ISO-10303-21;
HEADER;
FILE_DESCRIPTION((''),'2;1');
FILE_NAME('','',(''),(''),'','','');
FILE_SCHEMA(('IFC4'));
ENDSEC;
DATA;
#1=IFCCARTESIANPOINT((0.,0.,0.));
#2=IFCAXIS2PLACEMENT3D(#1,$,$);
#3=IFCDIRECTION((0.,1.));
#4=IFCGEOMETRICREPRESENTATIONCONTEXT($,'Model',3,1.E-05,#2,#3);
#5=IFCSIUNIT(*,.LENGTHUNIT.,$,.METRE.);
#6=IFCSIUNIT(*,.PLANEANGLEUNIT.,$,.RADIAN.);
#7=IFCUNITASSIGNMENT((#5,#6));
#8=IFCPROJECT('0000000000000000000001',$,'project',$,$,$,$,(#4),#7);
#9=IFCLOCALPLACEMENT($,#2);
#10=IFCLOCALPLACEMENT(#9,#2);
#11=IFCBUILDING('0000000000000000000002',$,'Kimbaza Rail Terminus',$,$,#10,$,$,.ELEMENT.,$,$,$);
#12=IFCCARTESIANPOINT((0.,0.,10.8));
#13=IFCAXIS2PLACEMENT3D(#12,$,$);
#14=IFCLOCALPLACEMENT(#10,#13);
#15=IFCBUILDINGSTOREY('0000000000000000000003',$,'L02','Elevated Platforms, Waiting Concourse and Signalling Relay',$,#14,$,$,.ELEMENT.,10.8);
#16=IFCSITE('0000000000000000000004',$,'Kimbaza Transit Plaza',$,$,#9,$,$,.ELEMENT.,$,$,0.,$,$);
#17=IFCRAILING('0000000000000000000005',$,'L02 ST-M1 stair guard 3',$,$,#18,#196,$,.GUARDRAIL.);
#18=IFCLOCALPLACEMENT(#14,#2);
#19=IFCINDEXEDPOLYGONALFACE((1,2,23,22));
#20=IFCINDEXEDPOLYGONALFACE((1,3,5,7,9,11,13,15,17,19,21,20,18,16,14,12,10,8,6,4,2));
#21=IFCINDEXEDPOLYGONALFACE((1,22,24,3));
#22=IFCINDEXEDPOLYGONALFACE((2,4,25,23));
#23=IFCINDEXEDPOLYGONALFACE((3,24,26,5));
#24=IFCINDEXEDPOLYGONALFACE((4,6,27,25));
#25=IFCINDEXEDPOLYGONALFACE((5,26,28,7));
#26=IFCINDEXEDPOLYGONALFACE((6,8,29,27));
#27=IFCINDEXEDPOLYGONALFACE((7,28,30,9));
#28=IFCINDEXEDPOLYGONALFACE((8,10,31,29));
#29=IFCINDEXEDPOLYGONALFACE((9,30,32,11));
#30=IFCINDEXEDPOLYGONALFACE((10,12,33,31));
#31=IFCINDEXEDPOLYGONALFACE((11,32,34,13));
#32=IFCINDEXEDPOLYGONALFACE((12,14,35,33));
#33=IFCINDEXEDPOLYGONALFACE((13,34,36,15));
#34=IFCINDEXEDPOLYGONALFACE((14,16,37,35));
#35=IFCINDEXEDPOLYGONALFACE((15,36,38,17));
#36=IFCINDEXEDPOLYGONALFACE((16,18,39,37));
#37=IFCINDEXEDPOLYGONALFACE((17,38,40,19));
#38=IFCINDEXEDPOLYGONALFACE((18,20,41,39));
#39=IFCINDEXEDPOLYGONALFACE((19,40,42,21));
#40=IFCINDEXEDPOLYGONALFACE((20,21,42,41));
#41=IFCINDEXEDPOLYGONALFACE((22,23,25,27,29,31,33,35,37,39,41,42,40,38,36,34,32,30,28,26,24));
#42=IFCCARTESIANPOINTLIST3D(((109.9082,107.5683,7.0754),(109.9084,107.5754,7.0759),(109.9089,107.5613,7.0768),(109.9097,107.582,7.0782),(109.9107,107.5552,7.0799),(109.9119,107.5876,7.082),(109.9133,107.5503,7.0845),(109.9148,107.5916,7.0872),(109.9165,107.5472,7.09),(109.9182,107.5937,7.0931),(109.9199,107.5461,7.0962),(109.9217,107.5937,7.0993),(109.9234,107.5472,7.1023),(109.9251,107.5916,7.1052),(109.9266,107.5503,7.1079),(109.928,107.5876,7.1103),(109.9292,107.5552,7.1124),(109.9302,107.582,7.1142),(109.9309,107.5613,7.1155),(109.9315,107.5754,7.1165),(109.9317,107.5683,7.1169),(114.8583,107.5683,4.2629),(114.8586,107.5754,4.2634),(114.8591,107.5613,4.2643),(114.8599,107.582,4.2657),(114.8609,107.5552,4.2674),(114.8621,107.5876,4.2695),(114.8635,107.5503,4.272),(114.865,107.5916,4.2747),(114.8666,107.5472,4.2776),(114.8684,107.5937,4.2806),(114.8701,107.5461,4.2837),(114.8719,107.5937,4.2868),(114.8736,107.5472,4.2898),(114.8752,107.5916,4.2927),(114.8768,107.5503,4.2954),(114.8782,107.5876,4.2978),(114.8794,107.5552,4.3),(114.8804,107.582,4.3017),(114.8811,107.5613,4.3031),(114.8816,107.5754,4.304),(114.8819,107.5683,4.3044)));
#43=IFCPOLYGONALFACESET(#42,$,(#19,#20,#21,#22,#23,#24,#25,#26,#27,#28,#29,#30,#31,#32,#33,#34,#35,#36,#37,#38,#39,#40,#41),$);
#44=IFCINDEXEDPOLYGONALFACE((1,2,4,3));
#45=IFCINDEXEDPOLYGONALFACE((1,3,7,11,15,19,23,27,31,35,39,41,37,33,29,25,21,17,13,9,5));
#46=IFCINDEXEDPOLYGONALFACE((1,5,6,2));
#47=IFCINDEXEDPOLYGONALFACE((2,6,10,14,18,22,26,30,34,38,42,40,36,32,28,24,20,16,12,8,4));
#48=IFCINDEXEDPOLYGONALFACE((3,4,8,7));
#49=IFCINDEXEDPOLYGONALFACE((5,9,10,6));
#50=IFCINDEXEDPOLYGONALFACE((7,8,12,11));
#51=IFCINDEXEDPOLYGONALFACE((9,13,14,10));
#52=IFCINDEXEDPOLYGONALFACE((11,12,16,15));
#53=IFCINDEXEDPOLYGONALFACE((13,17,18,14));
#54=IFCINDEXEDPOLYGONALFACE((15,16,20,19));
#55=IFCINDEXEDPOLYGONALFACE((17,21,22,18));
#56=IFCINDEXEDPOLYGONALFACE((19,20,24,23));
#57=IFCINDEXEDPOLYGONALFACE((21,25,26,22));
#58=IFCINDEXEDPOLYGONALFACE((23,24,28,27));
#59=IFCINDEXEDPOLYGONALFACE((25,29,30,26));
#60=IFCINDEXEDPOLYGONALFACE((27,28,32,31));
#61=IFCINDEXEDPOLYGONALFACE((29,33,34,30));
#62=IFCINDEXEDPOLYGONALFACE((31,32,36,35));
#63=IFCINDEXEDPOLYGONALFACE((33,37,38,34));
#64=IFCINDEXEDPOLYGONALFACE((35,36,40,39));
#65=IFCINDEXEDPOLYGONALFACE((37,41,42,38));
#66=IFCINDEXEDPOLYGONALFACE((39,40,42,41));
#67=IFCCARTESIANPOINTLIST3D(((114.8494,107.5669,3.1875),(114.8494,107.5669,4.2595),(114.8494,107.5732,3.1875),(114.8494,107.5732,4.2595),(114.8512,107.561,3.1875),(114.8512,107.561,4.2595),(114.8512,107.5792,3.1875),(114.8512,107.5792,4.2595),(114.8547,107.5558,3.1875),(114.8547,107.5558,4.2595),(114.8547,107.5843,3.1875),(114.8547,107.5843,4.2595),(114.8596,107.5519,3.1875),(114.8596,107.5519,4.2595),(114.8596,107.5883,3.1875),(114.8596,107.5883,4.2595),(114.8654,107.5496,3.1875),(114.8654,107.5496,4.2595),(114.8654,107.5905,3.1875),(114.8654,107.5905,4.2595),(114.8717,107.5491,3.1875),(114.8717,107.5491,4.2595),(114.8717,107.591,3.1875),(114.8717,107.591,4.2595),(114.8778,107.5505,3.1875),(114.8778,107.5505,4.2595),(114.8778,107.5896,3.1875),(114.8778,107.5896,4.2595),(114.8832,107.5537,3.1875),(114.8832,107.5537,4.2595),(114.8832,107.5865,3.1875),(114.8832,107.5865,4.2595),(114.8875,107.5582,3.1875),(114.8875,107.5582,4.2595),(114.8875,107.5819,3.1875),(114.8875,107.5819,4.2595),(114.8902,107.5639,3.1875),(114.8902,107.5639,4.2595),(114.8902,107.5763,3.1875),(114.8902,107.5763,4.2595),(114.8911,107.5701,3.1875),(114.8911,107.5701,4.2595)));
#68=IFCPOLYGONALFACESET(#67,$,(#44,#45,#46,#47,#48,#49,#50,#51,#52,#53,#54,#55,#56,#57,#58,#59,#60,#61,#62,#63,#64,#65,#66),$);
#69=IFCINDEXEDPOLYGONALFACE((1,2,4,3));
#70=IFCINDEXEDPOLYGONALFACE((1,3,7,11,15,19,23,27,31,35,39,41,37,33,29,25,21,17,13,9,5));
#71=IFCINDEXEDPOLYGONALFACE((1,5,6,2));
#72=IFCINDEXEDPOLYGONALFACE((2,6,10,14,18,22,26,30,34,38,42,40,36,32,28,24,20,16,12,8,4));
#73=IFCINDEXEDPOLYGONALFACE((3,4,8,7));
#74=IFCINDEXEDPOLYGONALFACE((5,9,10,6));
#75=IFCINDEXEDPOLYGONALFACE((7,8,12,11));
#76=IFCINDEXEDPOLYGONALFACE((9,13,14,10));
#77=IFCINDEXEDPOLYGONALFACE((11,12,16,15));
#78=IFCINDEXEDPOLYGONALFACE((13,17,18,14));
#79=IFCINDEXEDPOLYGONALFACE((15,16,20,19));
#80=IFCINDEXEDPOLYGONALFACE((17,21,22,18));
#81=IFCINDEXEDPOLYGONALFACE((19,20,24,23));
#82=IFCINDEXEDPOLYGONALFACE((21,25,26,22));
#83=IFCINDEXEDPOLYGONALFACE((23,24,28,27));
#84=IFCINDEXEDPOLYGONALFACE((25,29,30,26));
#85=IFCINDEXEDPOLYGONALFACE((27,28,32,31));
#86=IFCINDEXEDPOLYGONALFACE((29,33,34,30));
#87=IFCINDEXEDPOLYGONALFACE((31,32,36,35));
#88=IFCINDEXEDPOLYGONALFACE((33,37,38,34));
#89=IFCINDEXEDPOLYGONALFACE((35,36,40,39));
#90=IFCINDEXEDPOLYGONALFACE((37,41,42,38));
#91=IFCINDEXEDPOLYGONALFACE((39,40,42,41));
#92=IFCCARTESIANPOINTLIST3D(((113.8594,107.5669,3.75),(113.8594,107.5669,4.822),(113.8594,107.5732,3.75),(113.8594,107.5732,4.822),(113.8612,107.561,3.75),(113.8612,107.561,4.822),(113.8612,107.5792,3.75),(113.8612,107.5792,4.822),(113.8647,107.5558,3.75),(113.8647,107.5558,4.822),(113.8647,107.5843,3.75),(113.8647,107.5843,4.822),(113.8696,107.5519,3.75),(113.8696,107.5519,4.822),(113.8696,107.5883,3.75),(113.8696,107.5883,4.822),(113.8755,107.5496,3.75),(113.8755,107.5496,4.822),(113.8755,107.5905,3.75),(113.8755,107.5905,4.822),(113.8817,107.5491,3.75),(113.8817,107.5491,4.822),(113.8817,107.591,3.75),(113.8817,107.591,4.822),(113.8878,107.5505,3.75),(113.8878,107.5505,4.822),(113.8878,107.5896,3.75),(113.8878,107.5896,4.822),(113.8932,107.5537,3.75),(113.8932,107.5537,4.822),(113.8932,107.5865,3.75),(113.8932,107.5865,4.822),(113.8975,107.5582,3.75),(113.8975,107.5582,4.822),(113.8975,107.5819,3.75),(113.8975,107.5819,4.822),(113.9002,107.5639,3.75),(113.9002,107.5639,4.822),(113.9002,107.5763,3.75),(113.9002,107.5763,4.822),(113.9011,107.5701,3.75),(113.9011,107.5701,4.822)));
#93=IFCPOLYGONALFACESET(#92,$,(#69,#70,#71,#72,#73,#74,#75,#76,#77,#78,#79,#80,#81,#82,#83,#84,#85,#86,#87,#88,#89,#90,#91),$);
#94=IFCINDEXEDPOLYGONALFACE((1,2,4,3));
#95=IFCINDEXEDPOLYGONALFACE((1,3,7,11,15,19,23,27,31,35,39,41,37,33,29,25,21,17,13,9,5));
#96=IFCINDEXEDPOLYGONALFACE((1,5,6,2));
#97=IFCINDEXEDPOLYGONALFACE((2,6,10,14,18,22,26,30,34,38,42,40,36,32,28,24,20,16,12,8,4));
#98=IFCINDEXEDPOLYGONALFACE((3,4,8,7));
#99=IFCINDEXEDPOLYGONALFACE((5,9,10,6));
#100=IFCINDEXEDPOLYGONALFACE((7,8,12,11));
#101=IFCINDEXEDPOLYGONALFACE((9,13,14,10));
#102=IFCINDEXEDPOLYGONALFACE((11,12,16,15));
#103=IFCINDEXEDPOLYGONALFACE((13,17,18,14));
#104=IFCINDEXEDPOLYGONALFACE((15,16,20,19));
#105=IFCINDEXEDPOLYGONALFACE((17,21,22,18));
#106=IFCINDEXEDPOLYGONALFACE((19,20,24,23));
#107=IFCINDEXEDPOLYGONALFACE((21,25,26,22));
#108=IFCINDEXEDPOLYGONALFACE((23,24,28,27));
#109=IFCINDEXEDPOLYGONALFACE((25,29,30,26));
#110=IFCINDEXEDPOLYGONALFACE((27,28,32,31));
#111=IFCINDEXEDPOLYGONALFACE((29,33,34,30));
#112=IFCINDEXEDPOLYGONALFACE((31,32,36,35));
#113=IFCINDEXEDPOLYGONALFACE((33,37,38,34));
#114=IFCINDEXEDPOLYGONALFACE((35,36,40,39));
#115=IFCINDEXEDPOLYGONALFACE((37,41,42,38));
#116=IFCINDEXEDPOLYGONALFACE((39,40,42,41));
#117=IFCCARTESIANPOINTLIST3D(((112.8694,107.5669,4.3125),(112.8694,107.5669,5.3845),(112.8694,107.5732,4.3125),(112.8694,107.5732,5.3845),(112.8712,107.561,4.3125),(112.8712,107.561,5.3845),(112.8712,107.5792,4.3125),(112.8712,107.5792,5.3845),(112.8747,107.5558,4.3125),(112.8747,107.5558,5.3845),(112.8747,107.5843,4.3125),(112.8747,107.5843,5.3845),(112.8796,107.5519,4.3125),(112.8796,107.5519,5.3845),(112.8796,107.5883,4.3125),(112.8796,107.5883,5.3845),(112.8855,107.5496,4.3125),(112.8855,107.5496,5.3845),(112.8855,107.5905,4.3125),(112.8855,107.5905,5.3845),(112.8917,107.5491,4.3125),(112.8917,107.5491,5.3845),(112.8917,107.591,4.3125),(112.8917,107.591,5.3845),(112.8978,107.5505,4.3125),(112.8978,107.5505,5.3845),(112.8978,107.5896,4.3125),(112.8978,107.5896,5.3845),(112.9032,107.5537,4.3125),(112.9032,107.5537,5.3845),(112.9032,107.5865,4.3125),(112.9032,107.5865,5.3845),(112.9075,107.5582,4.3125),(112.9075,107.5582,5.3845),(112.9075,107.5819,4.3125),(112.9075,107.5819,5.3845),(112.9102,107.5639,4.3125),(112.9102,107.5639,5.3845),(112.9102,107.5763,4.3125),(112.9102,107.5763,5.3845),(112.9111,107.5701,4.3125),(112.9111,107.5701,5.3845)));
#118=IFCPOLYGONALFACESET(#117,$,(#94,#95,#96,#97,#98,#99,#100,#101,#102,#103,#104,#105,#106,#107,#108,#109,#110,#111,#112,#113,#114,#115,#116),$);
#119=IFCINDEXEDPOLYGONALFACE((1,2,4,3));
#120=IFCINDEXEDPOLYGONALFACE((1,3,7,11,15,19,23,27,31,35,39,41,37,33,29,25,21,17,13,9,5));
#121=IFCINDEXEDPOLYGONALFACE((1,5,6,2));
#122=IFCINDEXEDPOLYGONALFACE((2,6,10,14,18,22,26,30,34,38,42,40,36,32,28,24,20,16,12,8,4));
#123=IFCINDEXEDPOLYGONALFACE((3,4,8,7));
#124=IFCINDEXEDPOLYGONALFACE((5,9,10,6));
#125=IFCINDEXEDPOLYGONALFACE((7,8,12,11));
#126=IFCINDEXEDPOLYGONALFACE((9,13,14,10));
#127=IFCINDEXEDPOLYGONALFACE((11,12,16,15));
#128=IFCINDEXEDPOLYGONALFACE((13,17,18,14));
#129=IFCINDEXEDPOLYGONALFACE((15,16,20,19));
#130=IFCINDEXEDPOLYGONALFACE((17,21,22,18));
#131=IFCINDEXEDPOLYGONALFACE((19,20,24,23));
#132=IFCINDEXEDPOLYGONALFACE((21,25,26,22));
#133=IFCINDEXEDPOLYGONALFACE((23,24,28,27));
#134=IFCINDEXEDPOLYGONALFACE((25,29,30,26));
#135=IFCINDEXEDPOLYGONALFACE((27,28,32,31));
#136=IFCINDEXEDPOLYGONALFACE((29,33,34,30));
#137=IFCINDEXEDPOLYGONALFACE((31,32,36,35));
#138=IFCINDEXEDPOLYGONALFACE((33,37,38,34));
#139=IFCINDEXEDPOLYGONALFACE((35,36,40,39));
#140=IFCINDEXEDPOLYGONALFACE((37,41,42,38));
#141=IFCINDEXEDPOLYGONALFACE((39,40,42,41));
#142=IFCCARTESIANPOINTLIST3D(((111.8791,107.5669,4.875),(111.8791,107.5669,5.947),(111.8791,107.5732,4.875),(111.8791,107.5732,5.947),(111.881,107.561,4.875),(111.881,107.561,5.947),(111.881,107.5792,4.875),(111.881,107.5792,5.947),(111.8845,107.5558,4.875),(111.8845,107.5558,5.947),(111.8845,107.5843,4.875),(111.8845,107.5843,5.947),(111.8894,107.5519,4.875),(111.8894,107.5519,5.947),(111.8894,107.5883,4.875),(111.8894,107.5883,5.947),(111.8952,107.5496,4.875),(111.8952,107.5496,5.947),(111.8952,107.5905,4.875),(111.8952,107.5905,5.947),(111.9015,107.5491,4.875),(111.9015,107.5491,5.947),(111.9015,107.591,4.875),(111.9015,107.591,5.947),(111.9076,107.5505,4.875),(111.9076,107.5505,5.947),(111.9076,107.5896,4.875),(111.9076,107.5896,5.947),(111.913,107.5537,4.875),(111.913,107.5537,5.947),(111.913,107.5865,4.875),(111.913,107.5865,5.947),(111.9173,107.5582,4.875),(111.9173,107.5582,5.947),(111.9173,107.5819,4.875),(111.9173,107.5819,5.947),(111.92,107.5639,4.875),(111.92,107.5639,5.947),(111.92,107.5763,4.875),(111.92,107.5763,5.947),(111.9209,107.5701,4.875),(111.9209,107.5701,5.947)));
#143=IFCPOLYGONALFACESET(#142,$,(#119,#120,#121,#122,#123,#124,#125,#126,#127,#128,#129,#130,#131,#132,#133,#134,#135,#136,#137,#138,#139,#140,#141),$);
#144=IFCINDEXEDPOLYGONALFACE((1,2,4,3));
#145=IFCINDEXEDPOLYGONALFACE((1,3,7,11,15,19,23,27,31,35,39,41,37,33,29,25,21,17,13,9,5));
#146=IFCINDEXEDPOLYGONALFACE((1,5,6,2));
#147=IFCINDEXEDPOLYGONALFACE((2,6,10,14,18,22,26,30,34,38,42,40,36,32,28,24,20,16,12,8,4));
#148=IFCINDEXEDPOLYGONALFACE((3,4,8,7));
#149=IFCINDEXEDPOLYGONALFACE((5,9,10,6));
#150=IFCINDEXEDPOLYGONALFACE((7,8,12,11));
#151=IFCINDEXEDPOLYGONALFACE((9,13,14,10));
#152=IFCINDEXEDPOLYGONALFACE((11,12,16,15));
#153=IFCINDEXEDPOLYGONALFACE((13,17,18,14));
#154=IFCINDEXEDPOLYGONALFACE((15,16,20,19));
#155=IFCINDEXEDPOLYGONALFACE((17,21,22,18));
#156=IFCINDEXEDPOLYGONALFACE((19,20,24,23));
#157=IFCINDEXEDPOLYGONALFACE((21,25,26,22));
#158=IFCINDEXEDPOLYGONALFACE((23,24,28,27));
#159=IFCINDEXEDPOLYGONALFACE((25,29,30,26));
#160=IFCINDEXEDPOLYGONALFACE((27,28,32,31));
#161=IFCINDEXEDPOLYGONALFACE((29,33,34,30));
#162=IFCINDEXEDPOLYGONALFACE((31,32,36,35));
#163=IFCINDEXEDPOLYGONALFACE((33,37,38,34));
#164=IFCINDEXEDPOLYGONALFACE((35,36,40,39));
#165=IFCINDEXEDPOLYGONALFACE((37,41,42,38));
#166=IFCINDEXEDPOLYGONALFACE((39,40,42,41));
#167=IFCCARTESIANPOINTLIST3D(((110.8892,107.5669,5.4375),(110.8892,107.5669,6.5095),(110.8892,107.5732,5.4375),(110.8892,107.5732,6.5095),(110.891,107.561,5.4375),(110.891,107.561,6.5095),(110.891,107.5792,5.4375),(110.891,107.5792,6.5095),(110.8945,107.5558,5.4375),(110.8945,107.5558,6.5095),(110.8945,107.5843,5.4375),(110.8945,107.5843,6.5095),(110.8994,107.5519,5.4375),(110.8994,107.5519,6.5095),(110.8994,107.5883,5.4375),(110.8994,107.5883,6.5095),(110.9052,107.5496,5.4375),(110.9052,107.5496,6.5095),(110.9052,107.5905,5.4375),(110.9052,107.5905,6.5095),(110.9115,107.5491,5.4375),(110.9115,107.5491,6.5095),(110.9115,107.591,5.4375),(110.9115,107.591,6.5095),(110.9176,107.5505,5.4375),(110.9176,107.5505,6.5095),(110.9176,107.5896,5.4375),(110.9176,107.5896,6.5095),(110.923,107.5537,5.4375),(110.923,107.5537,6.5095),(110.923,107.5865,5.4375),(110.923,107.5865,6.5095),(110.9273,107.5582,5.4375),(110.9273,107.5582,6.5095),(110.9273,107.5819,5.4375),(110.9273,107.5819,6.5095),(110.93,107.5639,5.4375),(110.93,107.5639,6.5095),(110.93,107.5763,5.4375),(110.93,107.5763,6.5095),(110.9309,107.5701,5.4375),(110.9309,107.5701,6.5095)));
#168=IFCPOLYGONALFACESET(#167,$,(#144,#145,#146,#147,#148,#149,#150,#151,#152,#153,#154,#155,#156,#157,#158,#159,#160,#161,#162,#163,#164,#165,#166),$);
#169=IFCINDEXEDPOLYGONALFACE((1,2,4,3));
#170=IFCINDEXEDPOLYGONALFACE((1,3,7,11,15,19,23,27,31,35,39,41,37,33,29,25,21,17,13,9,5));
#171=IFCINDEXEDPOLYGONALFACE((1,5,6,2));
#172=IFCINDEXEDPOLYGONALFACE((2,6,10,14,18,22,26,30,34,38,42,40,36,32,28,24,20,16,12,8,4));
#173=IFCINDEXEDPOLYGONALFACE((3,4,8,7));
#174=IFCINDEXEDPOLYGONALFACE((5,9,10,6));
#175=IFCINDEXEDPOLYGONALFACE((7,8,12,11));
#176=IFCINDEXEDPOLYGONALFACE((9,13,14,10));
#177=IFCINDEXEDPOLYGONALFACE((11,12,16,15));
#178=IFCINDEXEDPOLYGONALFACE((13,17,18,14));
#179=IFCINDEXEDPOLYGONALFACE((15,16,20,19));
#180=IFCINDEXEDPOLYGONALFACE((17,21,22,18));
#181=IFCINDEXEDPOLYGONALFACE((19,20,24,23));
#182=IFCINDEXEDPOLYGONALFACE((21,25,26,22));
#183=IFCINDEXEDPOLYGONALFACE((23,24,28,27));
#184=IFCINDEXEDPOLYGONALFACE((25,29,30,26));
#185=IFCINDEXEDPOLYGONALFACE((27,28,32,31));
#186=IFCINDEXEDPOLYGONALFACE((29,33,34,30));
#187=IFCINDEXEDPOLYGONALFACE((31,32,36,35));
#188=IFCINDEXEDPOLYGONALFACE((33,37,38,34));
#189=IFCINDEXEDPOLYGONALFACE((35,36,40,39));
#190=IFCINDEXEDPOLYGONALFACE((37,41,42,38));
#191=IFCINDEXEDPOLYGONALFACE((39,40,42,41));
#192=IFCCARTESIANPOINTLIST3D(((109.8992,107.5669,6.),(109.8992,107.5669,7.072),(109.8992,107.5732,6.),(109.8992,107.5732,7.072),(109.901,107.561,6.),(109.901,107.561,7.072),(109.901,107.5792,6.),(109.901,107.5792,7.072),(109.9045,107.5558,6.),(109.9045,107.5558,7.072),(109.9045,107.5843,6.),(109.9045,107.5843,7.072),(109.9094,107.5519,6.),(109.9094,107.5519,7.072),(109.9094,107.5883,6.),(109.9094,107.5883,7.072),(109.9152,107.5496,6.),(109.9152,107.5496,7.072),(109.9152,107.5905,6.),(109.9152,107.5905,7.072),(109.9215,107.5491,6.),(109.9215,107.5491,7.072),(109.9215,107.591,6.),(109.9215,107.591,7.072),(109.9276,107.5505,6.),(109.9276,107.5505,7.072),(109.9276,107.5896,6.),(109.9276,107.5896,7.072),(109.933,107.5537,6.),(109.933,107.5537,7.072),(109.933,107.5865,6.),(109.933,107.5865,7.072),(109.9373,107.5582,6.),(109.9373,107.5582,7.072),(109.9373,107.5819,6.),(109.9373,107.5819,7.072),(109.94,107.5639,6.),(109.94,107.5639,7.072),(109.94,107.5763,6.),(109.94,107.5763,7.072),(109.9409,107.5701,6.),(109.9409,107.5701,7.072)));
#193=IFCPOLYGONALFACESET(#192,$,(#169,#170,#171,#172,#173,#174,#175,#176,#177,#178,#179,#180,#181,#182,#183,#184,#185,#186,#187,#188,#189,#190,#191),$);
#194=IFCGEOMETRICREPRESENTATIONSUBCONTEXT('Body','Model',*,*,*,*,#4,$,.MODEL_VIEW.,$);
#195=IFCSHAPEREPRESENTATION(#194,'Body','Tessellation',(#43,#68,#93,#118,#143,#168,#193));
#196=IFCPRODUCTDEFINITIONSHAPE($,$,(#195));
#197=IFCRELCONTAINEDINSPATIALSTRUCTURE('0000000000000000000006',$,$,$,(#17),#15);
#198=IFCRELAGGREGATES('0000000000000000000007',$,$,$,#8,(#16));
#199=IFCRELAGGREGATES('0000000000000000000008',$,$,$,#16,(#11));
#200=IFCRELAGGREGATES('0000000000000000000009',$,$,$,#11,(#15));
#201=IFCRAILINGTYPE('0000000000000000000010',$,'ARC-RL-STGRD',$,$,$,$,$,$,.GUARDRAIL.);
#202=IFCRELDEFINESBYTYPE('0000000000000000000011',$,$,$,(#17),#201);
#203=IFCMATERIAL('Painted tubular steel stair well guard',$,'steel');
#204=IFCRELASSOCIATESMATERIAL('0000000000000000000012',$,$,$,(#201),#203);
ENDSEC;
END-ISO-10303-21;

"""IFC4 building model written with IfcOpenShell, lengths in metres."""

from ifc_helpers import new_model, si_unit, direction, frame, origin, origin_2d, place, context, subcontext, project, spatial, circle, extrude, material, type_object, element, save


model = new_model("IFC4")

# Units and contexts
model_context = context("Model", 3, precision=1e-05, world=origin(), true_north=direction((0.0, 1.0)))
body_context = subcontext(model_context, "Body", "Model", "MODEL_VIEW")
ifc_project = project(units=[si_unit("LENGTHUNIT", "METRE"), si_unit("PLANEANGLEUNIT", "RADIAN")], contexts=[model_context])

# Site, building, storey
site_placement = place(None, origin())
site = spatial("IfcSite", under=ifc_project, at=site_placement, Name="Kimbaza Transit Plaza", CompositionType="ELEMENT", RefElevation=0.0)
building_placement = place(site_placement, origin())
building = spatial("IfcBuilding", under=site, at=building_placement, Name="Kimbaza Rail Terminus", CompositionType="ELEMENT")
storey_placement = place(building_placement, frame((0.0, 0.0, 10.8)))
storey = spatial("IfcBuildingStorey", under=building, at=storey_placement, Name="L02", Description="Elevated Platforms, Waiting Concourse and Signalling Relay", CompositionType="ELEMENT", Elevation=10.8)

# Railing
ifc_material_1 = material(Name="Painted tubular steel stair well guard", Category="steel")
railing_type_1 = type_object("IfcRailingType", Name="ARC-RL-STGRD", PredefinedType="GUARDRAIL", material=ifc_material_1)
railing_1_placement = place(storey_placement, frame((114.8701, 107.5701, 3.1875)))
element("IfcRailing", 1, at=railing_1_placement, inside=storey, type_object=railing_type_1, Name="L02 ST-M1 stair guard 3", PredefinedType="GUARDRAIL", context=body_context, shape_type="SweptSolid", body=[
    extrude(circle(Radius=0.0239, at=origin_2d()), frame((0.0, 0.0, 1.0962), z_axis=(-0.869465, 0.0, 0.493995), x_axis=(0.0, -1.0, 0.0)), (0.0, 0.0, 1.0), 5.6934),
    extrude(circle(Radius=0.021, at=origin_2d()), origin(), (0.0, 0.0, 1.0), 1.072),
    extrude(circle(Radius=0.021, at=origin_2d()), frame((-0.99, 0.0, 0.5625)), (0.0, 0.0, 1.0), 1.072),
    extrude(circle(Radius=0.021, at=origin_2d()), frame((-1.98, 0.0, 1.125)), (0.0, 0.0, 1.0), 1.072),
    extrude(circle(Radius=0.021, at=origin_2d()), frame((-2.9702, 0.0, 1.6875)), (0.0, 0.0, 1.0), 1.072),
    extrude(circle(Radius=0.021, at=origin_2d()), frame((-3.9602, 0.0, 2.25)), (0.0, 0.0, 1.0), 1.072),
    extrude(circle(Radius=0.021, at=origin_2d()), frame((-4.9502, 0.0, 2.8125)), (0.0, 0.0, 1.0), 1.072),
])

save(model, "model.ifc")
